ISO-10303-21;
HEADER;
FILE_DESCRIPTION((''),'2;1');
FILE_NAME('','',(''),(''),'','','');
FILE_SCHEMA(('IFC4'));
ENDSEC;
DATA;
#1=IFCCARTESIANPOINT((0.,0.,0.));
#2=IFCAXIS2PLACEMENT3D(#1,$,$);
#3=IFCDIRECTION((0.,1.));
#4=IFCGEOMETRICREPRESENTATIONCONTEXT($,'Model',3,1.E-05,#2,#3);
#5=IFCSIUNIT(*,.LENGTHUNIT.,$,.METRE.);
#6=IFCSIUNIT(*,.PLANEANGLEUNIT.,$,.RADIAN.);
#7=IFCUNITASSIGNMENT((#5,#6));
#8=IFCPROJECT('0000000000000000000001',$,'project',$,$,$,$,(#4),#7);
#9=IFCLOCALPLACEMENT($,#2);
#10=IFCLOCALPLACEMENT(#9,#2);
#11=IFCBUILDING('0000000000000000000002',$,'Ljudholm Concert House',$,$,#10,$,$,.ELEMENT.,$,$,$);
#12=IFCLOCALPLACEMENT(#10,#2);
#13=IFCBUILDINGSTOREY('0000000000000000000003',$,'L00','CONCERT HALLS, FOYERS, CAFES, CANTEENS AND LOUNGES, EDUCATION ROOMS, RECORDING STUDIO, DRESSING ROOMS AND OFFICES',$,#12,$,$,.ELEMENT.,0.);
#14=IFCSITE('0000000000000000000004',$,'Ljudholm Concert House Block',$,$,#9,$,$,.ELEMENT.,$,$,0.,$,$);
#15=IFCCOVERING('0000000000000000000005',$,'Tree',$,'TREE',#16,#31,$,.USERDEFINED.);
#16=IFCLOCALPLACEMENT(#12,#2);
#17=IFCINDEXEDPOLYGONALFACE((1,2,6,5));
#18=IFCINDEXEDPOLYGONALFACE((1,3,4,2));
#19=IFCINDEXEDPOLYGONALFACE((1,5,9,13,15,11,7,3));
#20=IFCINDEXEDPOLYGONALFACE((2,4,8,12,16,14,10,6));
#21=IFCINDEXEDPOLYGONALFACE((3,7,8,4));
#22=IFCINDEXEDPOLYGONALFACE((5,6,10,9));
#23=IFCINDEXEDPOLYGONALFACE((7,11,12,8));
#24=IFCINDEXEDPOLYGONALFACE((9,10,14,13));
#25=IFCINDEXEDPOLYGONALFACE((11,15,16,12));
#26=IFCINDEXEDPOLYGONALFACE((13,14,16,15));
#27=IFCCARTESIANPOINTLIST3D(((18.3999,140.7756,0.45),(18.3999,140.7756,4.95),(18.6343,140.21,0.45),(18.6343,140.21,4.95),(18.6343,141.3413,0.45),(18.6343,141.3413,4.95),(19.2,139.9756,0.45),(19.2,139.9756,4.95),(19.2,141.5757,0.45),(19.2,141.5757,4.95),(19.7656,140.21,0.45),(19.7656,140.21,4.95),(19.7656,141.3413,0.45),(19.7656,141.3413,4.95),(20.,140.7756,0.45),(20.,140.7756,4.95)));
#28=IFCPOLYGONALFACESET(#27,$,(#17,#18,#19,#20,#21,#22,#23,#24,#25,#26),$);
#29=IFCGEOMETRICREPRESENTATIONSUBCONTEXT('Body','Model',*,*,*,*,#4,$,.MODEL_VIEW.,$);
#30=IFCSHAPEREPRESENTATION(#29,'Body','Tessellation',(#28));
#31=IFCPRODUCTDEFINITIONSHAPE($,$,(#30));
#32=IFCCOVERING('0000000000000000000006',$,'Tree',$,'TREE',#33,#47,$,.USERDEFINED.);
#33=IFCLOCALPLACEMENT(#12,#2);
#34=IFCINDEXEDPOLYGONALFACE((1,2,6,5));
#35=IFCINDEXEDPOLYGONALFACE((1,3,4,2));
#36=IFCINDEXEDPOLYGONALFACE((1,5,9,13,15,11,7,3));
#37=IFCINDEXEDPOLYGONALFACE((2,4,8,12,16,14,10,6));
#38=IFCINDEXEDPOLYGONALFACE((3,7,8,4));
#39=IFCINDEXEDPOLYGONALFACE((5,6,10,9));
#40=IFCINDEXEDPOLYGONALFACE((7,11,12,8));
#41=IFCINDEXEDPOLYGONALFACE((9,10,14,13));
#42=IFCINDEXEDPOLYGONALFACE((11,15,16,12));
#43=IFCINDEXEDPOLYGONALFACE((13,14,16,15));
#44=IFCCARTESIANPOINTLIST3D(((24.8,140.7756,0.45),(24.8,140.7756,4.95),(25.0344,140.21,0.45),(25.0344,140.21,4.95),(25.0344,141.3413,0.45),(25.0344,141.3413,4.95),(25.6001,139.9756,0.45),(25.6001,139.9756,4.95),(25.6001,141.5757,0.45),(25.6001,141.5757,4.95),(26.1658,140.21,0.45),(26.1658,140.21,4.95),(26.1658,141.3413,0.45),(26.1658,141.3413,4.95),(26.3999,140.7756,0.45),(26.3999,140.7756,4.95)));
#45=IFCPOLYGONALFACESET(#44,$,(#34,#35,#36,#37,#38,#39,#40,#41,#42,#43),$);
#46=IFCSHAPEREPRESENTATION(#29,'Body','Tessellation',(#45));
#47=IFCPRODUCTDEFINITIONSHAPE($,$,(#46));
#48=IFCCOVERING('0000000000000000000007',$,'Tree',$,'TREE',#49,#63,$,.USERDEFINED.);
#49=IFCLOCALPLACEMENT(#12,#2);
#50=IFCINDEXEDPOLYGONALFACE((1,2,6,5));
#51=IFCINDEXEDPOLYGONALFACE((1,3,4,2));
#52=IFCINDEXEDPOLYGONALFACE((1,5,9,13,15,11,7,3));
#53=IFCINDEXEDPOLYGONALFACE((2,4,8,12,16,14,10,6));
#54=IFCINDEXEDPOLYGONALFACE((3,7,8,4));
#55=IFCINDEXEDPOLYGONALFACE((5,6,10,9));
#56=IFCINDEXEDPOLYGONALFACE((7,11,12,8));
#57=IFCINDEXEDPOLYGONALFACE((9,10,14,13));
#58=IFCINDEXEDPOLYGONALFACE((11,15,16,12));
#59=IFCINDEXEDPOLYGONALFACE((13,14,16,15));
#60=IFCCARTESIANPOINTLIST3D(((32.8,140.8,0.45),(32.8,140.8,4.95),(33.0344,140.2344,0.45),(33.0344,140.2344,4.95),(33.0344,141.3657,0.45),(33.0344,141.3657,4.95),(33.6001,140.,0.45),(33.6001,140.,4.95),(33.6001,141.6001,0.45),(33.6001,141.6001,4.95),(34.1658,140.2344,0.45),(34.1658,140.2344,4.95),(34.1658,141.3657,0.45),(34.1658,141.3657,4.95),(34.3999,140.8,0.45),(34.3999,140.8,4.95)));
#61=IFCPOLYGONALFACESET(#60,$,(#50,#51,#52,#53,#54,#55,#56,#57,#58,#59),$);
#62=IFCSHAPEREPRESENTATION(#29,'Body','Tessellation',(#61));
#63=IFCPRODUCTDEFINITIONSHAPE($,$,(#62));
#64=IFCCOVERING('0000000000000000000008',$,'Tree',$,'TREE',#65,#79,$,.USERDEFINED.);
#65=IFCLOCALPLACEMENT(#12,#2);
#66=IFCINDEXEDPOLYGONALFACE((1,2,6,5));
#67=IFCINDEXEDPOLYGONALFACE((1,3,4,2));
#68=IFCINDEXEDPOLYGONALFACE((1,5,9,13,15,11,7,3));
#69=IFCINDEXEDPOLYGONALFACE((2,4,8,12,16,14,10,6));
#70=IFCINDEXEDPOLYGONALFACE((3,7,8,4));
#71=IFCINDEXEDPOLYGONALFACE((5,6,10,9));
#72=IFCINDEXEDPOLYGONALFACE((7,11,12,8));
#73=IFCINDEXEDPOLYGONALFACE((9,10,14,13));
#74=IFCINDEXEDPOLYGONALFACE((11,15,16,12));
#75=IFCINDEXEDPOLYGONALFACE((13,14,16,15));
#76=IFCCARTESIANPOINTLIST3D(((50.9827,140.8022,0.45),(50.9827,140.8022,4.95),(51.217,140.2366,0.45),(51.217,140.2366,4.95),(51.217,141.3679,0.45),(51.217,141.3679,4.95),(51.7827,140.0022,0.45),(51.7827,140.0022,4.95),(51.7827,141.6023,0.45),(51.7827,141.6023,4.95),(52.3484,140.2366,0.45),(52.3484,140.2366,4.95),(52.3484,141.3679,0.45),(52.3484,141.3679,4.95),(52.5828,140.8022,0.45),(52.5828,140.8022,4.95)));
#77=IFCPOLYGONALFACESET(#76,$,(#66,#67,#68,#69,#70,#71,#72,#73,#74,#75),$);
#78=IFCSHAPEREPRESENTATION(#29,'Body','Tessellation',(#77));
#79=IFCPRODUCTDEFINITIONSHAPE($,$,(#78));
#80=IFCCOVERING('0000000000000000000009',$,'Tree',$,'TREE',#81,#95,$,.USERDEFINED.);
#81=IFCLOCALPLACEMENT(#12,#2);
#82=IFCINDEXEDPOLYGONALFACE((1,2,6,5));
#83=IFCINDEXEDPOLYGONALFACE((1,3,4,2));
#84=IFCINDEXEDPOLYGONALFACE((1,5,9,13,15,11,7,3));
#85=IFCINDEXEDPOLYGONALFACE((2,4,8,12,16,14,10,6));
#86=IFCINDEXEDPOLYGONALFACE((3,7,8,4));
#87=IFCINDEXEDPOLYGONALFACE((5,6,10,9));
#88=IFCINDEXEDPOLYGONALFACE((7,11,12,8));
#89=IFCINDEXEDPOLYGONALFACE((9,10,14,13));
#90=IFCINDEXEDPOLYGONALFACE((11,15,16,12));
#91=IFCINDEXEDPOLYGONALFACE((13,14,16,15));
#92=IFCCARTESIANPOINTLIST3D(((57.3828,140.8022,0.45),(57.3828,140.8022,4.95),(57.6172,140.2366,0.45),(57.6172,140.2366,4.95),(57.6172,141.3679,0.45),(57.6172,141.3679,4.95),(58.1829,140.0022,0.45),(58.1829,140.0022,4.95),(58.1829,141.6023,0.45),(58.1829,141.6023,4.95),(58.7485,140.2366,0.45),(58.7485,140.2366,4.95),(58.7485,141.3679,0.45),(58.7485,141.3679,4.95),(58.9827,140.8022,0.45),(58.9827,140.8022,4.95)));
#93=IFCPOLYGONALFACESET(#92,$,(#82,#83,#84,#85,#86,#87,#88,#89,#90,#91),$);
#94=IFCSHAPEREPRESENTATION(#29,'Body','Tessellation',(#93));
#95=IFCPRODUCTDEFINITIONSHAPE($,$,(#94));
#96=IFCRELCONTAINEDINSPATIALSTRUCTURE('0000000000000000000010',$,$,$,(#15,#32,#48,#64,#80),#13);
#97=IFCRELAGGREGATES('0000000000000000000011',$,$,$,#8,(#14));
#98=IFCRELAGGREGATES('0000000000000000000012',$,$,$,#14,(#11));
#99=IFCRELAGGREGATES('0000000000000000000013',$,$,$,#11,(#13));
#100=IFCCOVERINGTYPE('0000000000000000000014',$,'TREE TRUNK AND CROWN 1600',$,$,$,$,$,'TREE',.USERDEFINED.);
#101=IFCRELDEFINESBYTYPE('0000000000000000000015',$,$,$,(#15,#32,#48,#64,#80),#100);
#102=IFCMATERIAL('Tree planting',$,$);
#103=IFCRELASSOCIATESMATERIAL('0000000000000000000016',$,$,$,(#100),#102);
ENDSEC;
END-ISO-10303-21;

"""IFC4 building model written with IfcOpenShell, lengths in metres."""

from ifc_helpers import new_model, si_unit, direction, frame, origin, place, context, subcontext, project, spatial, polyline, outline, extrude, material, type_object, element, save


model = new_model("IFC4")

# Units and contexts
model_context = context("Model", 3, precision=1e-05, world=origin(), true_north=direction((0.0, 1.0)))
body_context = subcontext(model_context, "Body", "Model", "MODEL_VIEW")
ifc_project = project(units=[si_unit("LENGTHUNIT", "METRE"), si_unit("PLANEANGLEUNIT", "RADIAN")], contexts=[model_context])

# Site, building, storey
site_placement = place(None, origin())
site = spatial("IfcSite", under=ifc_project, at=site_placement, Name="Ljudholm Concert House Block", CompositionType="ELEMENT", RefElevation=0.0)
building_placement = place(site_placement, origin())
building = spatial("IfcBuilding", under=site, at=building_placement, Name="Ljudholm Concert House", CompositionType="ELEMENT")
storey_placement = place(building_placement, origin())
storey = spatial("IfcBuildingStorey", under=building, at=storey_placement, Name="L00", Description="CONCERT HALLS, FOYERS, CAFES, CANTEENS AND LOUNGES, EDUCATION ROOMS, RECORDING STUDIO, DRESSING ROOMS AND OFFICES", CompositionType="ELEMENT", Elevation=0.0)

# Coverings
ifc_material_1 = material(Name="Tree planting")
covering_type_1 = type_object("IfcCoveringType", Name="TREE TRUNK AND CROWN 1600", ElementType="TREE", PredefinedType="USERDEFINED", material=ifc_material_1)
covering_1_placement = place(storey_placement, frame((0.0, 0.0, 0.45)))
element("IfcCovering", 1, at=covering_1_placement, inside=storey, type_object=covering_type_1, Name="Tree", ObjectType="TREE", PredefinedType="USERDEFINED", context=body_context, shape_type="SweptSolid", body=[
    extrude(outline(polyline([(20.0, 140.7756), (19.7656, 141.3413), (19.2, 141.5757), (18.6343, 141.3413), (18.3999, 140.7756), (18.6343, 140.21), (19.2, 139.9756), (19.7656, 140.21), (20.0, 140.7756)])), origin(), (0.0, 0.0, 1.0), 4.5),
])
covering_2_placement = place(storey_placement, frame((0.0, 0.0, 0.45)))
element("IfcCovering", 2, at=covering_2_placement, inside=storey, type_object=covering_type_1, Name="Tree", ObjectType="TREE", PredefinedType="USERDEFINED", context=body_context, shape_type="SweptSolid", body=[
    extrude(outline(polyline([(26.3999, 140.7756), (26.1658, 141.3413), (25.6001, 141.5757), (25.0344, 141.3413), (24.8, 140.7756), (25.0344, 140.21), (25.6001, 139.9756), (26.1658, 140.21), (26.3999, 140.7756)])), origin(), (0.0, 0.0, 1.0), 4.5),
])
covering_3_placement = place(storey_placement, frame((0.0, 0.0, 0.45)))
element("IfcCovering", 3, at=covering_3_placement, inside=storey, type_object=covering_type_1, Name="Tree", ObjectType="TREE", PredefinedType="USERDEFINED", context=body_context, shape_type="SweptSolid", body=[
    extrude(outline(polyline([(34.3999, 140.8), (34.1658, 141.3657), (33.6001, 141.6001), (33.0344, 141.3657), (32.8, 140.8), (33.0344, 140.2344), (33.6001, 140.0), (34.1658, 140.2344), (34.3999, 140.8)])), origin(), (0.0, 0.0, 1.0), 4.5),
])
covering_4_placement = place(storey_placement, frame((0.0, 0.0, 0.45)))
element("IfcCovering", 4, at=covering_4_placement, inside=storey, type_object=covering_type_1, Name="Tree", ObjectType="TREE", PredefinedType="USERDEFINED", context=body_context, shape_type="SweptSolid", body=[
    extrude(outline(polyline([(52.5828, 140.8022), (52.3484, 141.3679), (51.7827, 141.6023), (51.217, 141.3679), (50.9827, 140.8022), (51.217, 140.2366), (51.7827, 140.0022), (52.3484, 140.2366), (52.5828, 140.8022)])), origin(), (0.0, 0.0, 1.0), 4.5),
])
covering_5_placement = place(storey_placement, frame((0.0, 0.0, 0.45)))
element("IfcCovering", 5, at=covering_5_placement, inside=storey, type_object=covering_type_1, Name="Tree", ObjectType="TREE", PredefinedType="USERDEFINED", context=body_context, shape_type="SweptSolid", body=[
    extrude(outline(polyline([(58.9827, 140.8022), (58.7485, 141.3679), (58.1829, 141.6023), (57.6172, 141.3679), (57.3828, 140.8022), (57.6172, 140.2366), (58.1829, 140.0022), (58.7485, 140.2366), (58.9827, 140.8022)])), origin(), (0.0, 0.0, 1.0), 4.5),
])

save(model, "model.ifc")
